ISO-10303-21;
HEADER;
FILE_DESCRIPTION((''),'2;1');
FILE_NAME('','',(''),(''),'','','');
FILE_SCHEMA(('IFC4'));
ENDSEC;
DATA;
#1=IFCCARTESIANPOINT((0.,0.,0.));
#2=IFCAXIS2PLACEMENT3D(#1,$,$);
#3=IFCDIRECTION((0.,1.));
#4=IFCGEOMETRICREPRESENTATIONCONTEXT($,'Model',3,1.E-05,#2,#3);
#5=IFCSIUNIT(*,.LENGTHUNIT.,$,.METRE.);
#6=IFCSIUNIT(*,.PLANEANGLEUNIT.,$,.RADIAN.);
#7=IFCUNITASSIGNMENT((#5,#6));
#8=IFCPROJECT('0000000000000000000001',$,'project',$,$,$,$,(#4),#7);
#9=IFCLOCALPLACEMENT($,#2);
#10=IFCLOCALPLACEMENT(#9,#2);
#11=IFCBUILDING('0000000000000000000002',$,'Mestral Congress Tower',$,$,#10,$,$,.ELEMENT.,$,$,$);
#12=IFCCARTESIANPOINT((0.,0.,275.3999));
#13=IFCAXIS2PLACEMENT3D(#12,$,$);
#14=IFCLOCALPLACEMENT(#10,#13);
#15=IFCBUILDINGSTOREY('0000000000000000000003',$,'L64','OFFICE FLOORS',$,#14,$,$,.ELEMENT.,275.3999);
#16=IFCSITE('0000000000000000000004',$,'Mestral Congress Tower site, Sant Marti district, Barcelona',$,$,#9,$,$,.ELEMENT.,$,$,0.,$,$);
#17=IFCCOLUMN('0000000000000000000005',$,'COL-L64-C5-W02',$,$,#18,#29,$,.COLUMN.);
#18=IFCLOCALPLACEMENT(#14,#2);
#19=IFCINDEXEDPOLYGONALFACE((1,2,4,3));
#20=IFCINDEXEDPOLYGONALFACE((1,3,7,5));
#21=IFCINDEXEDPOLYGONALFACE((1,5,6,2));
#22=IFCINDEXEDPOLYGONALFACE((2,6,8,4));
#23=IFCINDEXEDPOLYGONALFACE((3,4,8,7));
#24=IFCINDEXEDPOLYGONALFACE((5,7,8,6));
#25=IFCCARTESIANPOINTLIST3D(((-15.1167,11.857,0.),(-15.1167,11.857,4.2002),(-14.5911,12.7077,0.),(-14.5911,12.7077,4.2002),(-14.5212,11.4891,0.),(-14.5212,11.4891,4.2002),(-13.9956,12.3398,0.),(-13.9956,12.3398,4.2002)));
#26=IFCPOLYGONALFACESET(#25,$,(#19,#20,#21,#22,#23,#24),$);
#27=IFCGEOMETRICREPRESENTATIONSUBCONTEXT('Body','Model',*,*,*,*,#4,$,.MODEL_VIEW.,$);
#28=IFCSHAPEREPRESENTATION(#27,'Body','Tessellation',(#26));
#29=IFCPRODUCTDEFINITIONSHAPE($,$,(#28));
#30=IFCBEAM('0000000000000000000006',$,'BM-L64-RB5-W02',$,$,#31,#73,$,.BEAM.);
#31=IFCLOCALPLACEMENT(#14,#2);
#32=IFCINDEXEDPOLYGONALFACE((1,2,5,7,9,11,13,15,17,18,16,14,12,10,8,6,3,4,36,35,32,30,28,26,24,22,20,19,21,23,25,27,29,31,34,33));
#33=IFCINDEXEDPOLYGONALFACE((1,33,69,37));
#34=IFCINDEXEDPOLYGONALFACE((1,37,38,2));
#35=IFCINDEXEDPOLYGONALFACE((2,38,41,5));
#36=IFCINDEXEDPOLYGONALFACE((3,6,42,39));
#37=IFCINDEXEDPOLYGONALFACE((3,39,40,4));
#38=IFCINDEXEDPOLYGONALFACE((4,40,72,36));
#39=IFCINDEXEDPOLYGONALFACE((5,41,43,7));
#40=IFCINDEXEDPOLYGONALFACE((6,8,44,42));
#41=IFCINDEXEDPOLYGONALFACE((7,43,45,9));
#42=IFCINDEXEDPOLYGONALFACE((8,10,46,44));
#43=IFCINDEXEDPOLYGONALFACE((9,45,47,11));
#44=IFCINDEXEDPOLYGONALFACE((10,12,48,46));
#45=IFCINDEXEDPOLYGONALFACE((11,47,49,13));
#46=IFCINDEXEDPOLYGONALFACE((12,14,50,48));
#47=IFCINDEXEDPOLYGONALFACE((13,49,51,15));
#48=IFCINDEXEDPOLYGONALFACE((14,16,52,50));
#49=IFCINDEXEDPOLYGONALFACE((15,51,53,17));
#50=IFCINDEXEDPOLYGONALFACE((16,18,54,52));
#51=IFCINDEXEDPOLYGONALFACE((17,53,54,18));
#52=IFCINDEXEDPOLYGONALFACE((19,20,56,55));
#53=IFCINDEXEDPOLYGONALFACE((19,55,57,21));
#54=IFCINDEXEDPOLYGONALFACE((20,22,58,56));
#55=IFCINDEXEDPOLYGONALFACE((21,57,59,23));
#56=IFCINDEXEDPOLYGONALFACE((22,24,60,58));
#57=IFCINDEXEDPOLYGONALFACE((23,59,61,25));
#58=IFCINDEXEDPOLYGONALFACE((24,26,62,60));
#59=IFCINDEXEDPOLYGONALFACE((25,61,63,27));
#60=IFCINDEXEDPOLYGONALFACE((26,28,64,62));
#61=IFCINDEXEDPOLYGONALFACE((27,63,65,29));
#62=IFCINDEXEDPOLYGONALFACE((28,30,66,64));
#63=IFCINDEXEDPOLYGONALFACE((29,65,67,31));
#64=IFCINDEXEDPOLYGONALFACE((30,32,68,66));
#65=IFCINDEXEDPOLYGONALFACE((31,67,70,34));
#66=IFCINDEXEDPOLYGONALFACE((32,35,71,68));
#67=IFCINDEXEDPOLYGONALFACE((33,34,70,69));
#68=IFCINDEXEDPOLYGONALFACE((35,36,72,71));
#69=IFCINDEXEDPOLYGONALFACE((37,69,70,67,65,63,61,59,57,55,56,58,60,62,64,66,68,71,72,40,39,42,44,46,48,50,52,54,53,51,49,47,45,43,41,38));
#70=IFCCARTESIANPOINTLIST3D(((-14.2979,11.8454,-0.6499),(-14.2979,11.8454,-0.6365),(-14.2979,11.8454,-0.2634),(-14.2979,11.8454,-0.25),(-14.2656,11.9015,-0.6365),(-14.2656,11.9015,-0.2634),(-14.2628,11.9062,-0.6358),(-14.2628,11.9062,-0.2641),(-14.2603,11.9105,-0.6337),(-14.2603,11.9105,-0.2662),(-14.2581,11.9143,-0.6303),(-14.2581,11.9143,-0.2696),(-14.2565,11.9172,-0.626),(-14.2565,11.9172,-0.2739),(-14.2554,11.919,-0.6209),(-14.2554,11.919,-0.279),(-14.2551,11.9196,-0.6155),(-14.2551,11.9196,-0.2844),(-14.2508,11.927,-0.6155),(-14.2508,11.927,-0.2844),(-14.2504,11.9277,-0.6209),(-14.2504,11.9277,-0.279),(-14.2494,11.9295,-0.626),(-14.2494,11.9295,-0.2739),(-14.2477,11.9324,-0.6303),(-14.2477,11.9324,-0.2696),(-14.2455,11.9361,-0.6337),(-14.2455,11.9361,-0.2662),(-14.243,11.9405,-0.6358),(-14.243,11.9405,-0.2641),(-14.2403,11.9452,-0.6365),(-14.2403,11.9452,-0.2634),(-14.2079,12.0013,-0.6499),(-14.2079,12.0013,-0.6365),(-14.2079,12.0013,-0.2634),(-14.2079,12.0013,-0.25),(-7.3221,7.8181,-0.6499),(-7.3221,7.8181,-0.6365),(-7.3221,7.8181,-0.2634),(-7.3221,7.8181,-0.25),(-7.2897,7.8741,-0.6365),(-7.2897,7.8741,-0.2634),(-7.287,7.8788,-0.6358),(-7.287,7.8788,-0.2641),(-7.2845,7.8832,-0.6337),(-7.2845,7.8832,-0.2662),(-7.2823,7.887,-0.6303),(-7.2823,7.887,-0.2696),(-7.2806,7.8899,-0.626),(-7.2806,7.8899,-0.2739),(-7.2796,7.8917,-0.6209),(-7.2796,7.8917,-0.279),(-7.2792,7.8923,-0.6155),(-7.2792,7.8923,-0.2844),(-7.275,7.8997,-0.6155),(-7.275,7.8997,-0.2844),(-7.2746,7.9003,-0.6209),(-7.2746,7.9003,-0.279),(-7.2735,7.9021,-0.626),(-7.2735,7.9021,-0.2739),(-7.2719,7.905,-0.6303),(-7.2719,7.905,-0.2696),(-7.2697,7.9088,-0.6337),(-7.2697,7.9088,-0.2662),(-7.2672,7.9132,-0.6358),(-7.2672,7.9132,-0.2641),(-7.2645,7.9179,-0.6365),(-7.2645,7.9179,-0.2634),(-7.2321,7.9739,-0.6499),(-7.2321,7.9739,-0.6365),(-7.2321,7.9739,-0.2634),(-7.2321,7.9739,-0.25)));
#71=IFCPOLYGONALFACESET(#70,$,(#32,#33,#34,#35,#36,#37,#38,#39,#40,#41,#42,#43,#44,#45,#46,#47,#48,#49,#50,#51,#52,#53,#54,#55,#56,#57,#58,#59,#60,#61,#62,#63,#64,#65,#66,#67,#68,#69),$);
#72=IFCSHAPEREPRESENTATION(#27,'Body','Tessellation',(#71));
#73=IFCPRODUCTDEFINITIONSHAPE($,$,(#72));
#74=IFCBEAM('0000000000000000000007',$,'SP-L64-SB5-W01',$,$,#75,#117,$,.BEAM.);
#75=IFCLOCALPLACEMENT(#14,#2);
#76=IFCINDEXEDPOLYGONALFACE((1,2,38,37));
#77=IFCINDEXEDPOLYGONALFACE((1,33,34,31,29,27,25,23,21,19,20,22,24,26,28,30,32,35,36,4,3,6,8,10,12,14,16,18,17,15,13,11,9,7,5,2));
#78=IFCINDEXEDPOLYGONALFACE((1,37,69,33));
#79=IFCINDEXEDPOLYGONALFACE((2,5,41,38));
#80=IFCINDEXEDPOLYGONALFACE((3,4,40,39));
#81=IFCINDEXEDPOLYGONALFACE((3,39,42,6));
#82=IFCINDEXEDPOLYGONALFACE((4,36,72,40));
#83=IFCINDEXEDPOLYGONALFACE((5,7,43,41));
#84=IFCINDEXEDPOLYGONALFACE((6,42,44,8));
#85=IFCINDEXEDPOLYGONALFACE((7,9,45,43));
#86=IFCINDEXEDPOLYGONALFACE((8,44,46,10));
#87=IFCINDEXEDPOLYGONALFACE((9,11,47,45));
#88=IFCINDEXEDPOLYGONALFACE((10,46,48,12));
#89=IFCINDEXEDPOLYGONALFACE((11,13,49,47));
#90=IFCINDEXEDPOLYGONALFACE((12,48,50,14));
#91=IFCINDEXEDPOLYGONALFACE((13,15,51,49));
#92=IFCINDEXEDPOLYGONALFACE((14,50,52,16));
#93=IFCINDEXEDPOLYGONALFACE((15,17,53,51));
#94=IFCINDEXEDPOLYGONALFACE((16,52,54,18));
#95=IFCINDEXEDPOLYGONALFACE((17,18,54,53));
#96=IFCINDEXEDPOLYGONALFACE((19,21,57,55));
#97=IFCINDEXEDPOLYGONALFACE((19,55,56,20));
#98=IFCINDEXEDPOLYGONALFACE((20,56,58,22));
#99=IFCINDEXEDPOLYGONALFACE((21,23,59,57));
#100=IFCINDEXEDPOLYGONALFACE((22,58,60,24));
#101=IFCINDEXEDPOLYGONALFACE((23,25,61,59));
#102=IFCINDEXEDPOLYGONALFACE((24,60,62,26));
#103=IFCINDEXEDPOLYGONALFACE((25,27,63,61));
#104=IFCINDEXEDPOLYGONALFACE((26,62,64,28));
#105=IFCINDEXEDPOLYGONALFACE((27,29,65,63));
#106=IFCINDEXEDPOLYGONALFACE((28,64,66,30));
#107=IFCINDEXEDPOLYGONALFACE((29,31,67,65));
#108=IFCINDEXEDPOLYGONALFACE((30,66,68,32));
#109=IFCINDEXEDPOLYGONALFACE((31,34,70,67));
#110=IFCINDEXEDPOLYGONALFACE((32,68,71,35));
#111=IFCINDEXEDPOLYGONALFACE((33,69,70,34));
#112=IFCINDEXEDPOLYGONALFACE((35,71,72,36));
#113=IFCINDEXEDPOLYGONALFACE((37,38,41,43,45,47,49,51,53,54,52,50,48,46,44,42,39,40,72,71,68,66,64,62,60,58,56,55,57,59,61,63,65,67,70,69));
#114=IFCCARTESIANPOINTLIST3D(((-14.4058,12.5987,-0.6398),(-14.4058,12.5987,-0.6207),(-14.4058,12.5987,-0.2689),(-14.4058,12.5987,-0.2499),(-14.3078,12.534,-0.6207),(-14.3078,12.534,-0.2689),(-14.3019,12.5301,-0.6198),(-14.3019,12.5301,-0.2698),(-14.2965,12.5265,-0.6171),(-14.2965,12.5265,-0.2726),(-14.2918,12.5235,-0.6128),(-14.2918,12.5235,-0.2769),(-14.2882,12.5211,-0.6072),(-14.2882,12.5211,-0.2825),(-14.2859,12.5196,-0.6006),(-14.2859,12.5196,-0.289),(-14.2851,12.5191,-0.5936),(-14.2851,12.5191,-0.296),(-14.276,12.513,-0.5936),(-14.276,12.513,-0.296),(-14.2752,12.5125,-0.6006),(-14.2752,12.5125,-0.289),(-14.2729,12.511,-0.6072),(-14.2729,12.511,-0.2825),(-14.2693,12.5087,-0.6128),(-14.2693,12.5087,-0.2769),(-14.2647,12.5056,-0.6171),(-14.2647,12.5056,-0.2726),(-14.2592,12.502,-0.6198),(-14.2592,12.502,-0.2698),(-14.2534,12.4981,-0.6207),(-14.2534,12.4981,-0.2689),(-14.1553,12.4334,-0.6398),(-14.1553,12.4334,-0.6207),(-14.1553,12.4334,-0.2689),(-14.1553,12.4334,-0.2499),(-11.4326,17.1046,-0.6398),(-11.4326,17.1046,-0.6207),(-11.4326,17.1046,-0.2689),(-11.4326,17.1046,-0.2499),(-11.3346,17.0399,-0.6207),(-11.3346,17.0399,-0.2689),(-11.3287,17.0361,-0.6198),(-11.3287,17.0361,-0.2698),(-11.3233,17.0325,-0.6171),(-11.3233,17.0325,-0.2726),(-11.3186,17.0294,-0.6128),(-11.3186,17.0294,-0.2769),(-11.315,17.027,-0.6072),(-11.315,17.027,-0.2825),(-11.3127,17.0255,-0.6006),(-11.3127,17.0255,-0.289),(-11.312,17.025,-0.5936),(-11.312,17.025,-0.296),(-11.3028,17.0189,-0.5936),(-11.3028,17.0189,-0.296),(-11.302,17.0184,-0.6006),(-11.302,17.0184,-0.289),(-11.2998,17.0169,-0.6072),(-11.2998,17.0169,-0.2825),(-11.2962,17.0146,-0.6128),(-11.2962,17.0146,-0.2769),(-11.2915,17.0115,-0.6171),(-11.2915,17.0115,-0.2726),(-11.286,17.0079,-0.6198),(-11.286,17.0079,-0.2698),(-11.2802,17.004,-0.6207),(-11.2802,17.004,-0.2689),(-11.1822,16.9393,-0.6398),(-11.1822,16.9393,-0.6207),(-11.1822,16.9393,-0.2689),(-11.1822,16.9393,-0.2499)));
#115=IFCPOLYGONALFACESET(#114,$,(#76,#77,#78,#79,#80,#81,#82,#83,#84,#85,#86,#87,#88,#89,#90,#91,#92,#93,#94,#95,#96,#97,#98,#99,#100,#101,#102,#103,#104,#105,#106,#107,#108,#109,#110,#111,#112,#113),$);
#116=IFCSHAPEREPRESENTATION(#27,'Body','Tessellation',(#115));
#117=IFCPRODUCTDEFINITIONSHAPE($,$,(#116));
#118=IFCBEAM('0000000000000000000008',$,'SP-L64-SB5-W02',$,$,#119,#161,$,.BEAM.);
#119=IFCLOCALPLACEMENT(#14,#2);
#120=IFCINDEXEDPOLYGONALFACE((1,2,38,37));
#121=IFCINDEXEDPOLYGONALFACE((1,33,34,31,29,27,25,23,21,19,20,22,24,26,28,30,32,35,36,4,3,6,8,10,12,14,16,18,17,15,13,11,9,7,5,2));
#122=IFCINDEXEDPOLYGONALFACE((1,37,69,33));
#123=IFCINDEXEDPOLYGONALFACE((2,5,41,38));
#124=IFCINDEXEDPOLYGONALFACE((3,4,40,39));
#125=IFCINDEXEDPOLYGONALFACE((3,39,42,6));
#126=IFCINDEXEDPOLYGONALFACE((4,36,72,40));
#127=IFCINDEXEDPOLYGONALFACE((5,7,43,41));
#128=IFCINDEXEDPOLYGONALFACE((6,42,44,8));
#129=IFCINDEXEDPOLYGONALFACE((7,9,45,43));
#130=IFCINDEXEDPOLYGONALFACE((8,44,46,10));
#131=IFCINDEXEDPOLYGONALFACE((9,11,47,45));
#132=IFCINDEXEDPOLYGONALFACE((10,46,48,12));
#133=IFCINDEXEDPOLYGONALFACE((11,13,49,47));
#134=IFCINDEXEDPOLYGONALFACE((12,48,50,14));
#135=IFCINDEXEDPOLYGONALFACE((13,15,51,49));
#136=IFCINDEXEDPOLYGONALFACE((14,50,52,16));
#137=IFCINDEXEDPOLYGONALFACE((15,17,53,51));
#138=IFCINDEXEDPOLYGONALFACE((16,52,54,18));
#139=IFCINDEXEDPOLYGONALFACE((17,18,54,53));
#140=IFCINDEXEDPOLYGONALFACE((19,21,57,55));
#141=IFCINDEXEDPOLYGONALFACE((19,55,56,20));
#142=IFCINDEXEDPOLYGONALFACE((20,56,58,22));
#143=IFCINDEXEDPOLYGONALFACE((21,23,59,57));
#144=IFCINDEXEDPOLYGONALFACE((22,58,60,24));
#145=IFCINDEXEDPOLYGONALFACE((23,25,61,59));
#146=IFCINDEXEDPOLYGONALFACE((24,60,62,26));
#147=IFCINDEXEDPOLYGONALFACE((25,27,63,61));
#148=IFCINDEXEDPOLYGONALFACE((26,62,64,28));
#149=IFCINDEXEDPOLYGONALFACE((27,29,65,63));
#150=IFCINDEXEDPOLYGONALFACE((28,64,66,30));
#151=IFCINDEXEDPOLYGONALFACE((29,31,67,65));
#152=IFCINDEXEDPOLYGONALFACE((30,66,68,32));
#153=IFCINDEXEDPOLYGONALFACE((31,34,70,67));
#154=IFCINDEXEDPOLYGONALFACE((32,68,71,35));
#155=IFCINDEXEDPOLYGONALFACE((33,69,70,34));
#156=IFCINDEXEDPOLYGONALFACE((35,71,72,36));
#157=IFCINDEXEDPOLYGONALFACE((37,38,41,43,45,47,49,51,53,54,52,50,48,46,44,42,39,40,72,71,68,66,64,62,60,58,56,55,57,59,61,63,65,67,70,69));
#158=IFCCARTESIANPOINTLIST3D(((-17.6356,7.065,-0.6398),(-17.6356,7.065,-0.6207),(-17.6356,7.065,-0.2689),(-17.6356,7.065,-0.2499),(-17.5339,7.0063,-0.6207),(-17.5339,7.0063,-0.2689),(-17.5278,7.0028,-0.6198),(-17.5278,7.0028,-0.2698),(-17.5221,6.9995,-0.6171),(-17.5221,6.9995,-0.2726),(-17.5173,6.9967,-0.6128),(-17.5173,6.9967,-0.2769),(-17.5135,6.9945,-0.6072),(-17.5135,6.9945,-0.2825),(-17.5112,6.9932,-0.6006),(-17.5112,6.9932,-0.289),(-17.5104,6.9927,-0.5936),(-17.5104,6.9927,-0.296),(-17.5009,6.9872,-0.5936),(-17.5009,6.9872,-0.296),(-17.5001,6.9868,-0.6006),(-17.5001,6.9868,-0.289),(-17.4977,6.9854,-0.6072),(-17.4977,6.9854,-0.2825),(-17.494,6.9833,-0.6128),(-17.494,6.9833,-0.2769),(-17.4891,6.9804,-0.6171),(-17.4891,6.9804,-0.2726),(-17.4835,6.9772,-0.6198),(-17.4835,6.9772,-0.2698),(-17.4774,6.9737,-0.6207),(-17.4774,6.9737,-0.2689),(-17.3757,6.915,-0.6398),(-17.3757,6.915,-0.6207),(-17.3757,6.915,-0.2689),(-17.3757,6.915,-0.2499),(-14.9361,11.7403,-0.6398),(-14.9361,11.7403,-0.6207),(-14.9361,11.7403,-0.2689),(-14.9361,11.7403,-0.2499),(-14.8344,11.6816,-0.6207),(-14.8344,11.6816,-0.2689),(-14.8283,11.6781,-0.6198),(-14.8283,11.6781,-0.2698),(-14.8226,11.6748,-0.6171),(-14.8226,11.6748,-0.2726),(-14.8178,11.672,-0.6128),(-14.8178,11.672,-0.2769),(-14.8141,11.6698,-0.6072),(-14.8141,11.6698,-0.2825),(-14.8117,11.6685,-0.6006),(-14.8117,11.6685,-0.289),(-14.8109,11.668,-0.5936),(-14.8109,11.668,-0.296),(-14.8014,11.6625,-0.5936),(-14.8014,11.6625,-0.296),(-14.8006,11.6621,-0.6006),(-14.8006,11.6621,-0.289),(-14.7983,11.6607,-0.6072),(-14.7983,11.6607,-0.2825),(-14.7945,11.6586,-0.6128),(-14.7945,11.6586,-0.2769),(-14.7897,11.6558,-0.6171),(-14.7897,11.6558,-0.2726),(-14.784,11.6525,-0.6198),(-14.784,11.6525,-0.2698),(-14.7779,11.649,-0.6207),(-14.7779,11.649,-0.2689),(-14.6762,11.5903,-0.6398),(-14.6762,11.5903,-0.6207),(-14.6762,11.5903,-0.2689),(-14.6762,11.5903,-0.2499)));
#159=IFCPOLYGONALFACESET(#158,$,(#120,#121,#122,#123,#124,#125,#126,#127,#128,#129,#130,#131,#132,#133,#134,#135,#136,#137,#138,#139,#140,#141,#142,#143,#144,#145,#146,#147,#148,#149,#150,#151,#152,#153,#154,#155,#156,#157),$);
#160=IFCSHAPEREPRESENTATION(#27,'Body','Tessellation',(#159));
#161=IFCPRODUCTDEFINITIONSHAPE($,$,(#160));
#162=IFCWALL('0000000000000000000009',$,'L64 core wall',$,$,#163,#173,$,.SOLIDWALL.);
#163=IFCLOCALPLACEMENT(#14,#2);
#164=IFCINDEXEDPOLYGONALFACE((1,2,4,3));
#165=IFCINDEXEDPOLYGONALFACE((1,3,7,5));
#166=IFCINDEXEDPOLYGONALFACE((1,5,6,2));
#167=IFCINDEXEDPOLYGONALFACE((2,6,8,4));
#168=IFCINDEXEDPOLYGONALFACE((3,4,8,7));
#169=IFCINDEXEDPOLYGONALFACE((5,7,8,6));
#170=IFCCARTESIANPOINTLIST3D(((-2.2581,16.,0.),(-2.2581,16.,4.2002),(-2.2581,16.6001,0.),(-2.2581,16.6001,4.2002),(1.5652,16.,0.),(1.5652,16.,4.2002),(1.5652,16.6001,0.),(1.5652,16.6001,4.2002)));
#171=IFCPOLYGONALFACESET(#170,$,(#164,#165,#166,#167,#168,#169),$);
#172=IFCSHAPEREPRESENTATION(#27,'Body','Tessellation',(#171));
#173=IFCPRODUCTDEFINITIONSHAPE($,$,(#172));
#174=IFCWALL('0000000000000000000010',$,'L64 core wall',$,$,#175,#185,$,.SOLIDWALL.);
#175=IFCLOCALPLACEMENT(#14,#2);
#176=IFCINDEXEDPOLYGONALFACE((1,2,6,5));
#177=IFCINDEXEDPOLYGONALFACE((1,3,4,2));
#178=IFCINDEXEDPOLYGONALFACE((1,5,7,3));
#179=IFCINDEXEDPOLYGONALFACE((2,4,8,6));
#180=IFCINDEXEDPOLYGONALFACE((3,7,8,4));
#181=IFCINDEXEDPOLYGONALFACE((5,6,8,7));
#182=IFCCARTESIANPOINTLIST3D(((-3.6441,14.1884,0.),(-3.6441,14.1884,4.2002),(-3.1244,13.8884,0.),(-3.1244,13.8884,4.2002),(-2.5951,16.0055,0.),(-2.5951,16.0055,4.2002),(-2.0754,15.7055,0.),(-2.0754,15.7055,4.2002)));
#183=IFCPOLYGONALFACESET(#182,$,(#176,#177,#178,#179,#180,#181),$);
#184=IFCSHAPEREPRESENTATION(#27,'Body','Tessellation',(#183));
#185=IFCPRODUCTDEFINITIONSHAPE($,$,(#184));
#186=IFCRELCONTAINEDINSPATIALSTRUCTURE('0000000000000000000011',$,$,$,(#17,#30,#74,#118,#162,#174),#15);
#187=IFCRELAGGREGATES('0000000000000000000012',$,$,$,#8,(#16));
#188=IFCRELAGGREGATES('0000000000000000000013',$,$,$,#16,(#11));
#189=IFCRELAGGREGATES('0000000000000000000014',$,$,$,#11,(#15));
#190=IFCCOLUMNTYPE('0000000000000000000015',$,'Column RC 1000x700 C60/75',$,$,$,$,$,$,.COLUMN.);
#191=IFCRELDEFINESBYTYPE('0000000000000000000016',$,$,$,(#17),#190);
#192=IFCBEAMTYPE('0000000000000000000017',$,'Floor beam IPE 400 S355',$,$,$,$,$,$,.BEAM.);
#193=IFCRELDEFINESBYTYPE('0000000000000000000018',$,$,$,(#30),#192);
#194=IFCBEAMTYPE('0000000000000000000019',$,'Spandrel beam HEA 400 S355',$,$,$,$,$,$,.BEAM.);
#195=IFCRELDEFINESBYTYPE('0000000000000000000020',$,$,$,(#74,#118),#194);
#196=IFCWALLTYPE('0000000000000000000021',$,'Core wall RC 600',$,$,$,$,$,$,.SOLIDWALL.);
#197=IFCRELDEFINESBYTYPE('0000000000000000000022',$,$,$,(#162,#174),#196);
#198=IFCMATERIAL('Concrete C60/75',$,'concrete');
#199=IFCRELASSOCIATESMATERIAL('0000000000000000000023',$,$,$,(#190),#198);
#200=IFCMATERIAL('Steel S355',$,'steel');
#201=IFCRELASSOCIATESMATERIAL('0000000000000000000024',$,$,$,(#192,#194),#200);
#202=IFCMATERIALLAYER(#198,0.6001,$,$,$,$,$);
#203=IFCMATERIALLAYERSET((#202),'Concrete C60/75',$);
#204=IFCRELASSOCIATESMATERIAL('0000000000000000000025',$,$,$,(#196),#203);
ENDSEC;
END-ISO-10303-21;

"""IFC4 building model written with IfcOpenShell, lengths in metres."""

from ifc_helpers import new_model, si_unit, direction, frame, frame_2d, origin, origin_2d, place, context, subcontext, project, spatial, rectangle, i_section, extrude, material, layer, layer_set, material_profile, profile_set, type_object, element, save


model = new_model("IFC4")

# Units and contexts
model_context = context("Model", 3, precision=1e-05, world=origin(), true_north=direction((0.0, 1.0)))
body_context = subcontext(model_context, "Body", "Model", "MODEL_VIEW")
ifc_project = project(units=[si_unit("LENGTHUNIT", "METRE"), si_unit("PLANEANGLEUNIT", "RADIAN")], contexts=[model_context])

# Site, building, storey
site_placement = place(None, origin())
site = spatial("IfcSite", under=ifc_project, at=site_placement, Name="Mestral Congress Tower site, Sant Marti district, Barcelona", CompositionType="ELEMENT", RefElevation=0.0)
building_placement = place(site_placement, origin())
building = spatial("IfcBuilding", under=site, at=building_placement, Name="Mestral Congress Tower", CompositionType="ELEMENT")
storey_placement = place(building_placement, frame((0.0, 0.0, 275.3999)))
storey = spatial("IfcBuildingStorey", under=building, at=storey_placement, Name="L64", Description="OFFICE FLOORS", CompositionType="ELEMENT", Elevation=275.3999)

# Column
ifc_material_1 = material(Name="Concrete C60/75", Category="concrete")
ifc_material_profile_1 = material_profile(ifc_material_1, rectangle(XDim=1.0, YDim=0.7, at=origin_2d()), Name="RC 1000x700")
ifc_profile_set_1 = profile_set([ifc_material_profile_1], Name="Concrete C60/75")
column_type = type_object("IfcColumnType", Name="Column RC 1000x700 C60/75", PredefinedType="COLUMN", material=ifc_profile_set_1)
column_placement = place(storey_placement, frame((-14.5562, 12.0984, 0.0), z_axis=(0.0, 0.0, 1.0), x_axis=(-0.52561, -0.850726, 0.0)))
element("IfcColumn", 1, at=column_placement, inside=storey, type_object=column_type, Name="COL-L64-C5-W02", PredefinedType="COLUMN", context=body_context, shape_type="SweptSolid", body=[
    extrude(rectangle(XDim=1.0, YDim=0.7, at=origin_2d()), origin(), (0.0, 0.0, 1.0), 4.2002),
])

# Beams
ifc_material_2 = material(Name="Steel S355", Category="steel")
ifc_material_profile_2 = material_profile(ifc_material_2, i_section(OverallWidth=0.1799, OverallDepth=0.3999, WebThickness=0.0085, FlangeThickness=0.0134, FilletRadius=0.021, at=origin_2d()), Name="IPE 400")
ifc_profile_set_2 = profile_set([ifc_material_profile_2], Name="Steel S355")
beam_type_1 = type_object("IfcBeamType", Name="Floor beam IPE 400 S355", PredefinedType="BEAM", material=ifc_profile_set_2)
beam_1_placement = place(storey_placement, frame((-14.2529, 11.9233, -0.45), z_axis=(0.866034, -0.499986, 0.0), x_axis=(0.499986, 0.866034, 0.0)))
element("IfcBeam", 2, at=beam_1_placement, inside=storey, type_object=beam_type_1, Name="BM-L64-RB5-W02", PredefinedType="BEAM", context=body_context, shape_type="SweptSolid", body=[
    extrude(i_section(OverallWidth=0.1799, OverallDepth=0.3999, WebThickness=0.0085, FlangeThickness=0.0134, FilletRadius=0.021, at=origin_2d()), origin(), (0.0, 0.0, 1.0), 8.0549),
])
ifc_material_profile_3 = material_profile(ifc_material_2, i_section(OverallWidth=0.3, OverallDepth=0.3899, WebThickness=0.011, FlangeThickness=0.019, FilletRadius=0.0271, at=origin_2d()), Name="HEA 400")
ifc_profile_set_3 = profile_set([ifc_material_profile_3], Name="Steel S355")
beam_type_2 = type_object("IfcBeamType", Name="Spandrel beam HEA 400 S355", PredefinedType="BEAM", material=ifc_profile_set_3)
beam_2_placement = place(storey_placement, frame((-11.3074, 17.022, -0.4448), z_axis=(-0.550749, -0.834671, 0.0), x_axis=(0.834671, -0.550749, 0.0)))
element("IfcBeam", 3, at=beam_2_placement, inside=storey, type_object=beam_type_2, Name="SP-L64-SB5-W01", PredefinedType="BEAM", context=body_context, shape_type="SweptSolid", body=[
    extrude(i_section(OverallWidth=0.3, OverallDepth=0.3899, WebThickness=0.011, FlangeThickness=0.019, FilletRadius=0.0271, at=origin_2d()), origin(), (0.0, 0.0, 1.0), 5.3984),
])
beam_3_placement = place(storey_placement, frame((-14.8062, 11.6653, -0.4448), z_axis=(-0.500025, -0.866011, 0.0), x_axis=(0.866011, -0.500025, 0.0)))
element("IfcBeam", 4, at=beam_3_placement, inside=storey, type_object=beam_type_2, Name="SP-L64-SB5-W02", PredefinedType="BEAM", context=body_context, shape_type="SweptSolid", body=[
    extrude(i_section(OverallWidth=0.3, OverallDepth=0.3899, WebThickness=0.011, FlangeThickness=0.019, FilletRadius=0.0271, at=origin_2d()), origin(), (0.0, 0.0, 1.0), 5.3987),
])

# Walls
ifc_layer_1 = layer(ifc_material_1, 0.6001)
ifc_layer_set_1 = layer_set([ifc_layer_1], Name="Concrete C60/75")
wall_type_1 = type_object("IfcWallType", Name="Core wall RC 600", PredefinedType="SOLIDWALL", material=ifc_layer_set_1)
wall_1_placement = place(storey_placement, frame((-2.2581, 16.3, 0.0), z_axis=(0.0, 0.0, 1.0), x_axis=(1.0, 0.0, 0.0)))
element("IfcWall", 5, at=wall_1_placement, inside=storey, type_object=wall_type_1, Name="L64 core wall", PredefinedType="SOLIDWALL", context=body_context, shape_type="SweptSolid", body=[
    extrude(rectangle(XDim=3.8232, YDim=0.6001, at=frame_2d((1.9116, 0.0))), origin(), (0.0, 0.0, 1.0), 4.2002),
])
wall_2_placement = place(storey_placement, frame((-2.3352, 15.8555, 0.0), z_axis=(0.0, 0.0, 1.0), x_axis=(-0.499981, -0.866036, 0.0)))
element("IfcWall", 6, at=wall_2_placement, inside=storey, type_object=wall_type_1, Name="L64 core wall", PredefinedType="SOLIDWALL", context=body_context, shape_type="SweptSolid", body=[
    extrude(rectangle(XDim=2.0981, YDim=0.6001, at=frame_2d((1.0491, 0.0))), origin(), (0.0, 0.0, 1.0), 4.2002),
])

save(model, "model.ifc")
